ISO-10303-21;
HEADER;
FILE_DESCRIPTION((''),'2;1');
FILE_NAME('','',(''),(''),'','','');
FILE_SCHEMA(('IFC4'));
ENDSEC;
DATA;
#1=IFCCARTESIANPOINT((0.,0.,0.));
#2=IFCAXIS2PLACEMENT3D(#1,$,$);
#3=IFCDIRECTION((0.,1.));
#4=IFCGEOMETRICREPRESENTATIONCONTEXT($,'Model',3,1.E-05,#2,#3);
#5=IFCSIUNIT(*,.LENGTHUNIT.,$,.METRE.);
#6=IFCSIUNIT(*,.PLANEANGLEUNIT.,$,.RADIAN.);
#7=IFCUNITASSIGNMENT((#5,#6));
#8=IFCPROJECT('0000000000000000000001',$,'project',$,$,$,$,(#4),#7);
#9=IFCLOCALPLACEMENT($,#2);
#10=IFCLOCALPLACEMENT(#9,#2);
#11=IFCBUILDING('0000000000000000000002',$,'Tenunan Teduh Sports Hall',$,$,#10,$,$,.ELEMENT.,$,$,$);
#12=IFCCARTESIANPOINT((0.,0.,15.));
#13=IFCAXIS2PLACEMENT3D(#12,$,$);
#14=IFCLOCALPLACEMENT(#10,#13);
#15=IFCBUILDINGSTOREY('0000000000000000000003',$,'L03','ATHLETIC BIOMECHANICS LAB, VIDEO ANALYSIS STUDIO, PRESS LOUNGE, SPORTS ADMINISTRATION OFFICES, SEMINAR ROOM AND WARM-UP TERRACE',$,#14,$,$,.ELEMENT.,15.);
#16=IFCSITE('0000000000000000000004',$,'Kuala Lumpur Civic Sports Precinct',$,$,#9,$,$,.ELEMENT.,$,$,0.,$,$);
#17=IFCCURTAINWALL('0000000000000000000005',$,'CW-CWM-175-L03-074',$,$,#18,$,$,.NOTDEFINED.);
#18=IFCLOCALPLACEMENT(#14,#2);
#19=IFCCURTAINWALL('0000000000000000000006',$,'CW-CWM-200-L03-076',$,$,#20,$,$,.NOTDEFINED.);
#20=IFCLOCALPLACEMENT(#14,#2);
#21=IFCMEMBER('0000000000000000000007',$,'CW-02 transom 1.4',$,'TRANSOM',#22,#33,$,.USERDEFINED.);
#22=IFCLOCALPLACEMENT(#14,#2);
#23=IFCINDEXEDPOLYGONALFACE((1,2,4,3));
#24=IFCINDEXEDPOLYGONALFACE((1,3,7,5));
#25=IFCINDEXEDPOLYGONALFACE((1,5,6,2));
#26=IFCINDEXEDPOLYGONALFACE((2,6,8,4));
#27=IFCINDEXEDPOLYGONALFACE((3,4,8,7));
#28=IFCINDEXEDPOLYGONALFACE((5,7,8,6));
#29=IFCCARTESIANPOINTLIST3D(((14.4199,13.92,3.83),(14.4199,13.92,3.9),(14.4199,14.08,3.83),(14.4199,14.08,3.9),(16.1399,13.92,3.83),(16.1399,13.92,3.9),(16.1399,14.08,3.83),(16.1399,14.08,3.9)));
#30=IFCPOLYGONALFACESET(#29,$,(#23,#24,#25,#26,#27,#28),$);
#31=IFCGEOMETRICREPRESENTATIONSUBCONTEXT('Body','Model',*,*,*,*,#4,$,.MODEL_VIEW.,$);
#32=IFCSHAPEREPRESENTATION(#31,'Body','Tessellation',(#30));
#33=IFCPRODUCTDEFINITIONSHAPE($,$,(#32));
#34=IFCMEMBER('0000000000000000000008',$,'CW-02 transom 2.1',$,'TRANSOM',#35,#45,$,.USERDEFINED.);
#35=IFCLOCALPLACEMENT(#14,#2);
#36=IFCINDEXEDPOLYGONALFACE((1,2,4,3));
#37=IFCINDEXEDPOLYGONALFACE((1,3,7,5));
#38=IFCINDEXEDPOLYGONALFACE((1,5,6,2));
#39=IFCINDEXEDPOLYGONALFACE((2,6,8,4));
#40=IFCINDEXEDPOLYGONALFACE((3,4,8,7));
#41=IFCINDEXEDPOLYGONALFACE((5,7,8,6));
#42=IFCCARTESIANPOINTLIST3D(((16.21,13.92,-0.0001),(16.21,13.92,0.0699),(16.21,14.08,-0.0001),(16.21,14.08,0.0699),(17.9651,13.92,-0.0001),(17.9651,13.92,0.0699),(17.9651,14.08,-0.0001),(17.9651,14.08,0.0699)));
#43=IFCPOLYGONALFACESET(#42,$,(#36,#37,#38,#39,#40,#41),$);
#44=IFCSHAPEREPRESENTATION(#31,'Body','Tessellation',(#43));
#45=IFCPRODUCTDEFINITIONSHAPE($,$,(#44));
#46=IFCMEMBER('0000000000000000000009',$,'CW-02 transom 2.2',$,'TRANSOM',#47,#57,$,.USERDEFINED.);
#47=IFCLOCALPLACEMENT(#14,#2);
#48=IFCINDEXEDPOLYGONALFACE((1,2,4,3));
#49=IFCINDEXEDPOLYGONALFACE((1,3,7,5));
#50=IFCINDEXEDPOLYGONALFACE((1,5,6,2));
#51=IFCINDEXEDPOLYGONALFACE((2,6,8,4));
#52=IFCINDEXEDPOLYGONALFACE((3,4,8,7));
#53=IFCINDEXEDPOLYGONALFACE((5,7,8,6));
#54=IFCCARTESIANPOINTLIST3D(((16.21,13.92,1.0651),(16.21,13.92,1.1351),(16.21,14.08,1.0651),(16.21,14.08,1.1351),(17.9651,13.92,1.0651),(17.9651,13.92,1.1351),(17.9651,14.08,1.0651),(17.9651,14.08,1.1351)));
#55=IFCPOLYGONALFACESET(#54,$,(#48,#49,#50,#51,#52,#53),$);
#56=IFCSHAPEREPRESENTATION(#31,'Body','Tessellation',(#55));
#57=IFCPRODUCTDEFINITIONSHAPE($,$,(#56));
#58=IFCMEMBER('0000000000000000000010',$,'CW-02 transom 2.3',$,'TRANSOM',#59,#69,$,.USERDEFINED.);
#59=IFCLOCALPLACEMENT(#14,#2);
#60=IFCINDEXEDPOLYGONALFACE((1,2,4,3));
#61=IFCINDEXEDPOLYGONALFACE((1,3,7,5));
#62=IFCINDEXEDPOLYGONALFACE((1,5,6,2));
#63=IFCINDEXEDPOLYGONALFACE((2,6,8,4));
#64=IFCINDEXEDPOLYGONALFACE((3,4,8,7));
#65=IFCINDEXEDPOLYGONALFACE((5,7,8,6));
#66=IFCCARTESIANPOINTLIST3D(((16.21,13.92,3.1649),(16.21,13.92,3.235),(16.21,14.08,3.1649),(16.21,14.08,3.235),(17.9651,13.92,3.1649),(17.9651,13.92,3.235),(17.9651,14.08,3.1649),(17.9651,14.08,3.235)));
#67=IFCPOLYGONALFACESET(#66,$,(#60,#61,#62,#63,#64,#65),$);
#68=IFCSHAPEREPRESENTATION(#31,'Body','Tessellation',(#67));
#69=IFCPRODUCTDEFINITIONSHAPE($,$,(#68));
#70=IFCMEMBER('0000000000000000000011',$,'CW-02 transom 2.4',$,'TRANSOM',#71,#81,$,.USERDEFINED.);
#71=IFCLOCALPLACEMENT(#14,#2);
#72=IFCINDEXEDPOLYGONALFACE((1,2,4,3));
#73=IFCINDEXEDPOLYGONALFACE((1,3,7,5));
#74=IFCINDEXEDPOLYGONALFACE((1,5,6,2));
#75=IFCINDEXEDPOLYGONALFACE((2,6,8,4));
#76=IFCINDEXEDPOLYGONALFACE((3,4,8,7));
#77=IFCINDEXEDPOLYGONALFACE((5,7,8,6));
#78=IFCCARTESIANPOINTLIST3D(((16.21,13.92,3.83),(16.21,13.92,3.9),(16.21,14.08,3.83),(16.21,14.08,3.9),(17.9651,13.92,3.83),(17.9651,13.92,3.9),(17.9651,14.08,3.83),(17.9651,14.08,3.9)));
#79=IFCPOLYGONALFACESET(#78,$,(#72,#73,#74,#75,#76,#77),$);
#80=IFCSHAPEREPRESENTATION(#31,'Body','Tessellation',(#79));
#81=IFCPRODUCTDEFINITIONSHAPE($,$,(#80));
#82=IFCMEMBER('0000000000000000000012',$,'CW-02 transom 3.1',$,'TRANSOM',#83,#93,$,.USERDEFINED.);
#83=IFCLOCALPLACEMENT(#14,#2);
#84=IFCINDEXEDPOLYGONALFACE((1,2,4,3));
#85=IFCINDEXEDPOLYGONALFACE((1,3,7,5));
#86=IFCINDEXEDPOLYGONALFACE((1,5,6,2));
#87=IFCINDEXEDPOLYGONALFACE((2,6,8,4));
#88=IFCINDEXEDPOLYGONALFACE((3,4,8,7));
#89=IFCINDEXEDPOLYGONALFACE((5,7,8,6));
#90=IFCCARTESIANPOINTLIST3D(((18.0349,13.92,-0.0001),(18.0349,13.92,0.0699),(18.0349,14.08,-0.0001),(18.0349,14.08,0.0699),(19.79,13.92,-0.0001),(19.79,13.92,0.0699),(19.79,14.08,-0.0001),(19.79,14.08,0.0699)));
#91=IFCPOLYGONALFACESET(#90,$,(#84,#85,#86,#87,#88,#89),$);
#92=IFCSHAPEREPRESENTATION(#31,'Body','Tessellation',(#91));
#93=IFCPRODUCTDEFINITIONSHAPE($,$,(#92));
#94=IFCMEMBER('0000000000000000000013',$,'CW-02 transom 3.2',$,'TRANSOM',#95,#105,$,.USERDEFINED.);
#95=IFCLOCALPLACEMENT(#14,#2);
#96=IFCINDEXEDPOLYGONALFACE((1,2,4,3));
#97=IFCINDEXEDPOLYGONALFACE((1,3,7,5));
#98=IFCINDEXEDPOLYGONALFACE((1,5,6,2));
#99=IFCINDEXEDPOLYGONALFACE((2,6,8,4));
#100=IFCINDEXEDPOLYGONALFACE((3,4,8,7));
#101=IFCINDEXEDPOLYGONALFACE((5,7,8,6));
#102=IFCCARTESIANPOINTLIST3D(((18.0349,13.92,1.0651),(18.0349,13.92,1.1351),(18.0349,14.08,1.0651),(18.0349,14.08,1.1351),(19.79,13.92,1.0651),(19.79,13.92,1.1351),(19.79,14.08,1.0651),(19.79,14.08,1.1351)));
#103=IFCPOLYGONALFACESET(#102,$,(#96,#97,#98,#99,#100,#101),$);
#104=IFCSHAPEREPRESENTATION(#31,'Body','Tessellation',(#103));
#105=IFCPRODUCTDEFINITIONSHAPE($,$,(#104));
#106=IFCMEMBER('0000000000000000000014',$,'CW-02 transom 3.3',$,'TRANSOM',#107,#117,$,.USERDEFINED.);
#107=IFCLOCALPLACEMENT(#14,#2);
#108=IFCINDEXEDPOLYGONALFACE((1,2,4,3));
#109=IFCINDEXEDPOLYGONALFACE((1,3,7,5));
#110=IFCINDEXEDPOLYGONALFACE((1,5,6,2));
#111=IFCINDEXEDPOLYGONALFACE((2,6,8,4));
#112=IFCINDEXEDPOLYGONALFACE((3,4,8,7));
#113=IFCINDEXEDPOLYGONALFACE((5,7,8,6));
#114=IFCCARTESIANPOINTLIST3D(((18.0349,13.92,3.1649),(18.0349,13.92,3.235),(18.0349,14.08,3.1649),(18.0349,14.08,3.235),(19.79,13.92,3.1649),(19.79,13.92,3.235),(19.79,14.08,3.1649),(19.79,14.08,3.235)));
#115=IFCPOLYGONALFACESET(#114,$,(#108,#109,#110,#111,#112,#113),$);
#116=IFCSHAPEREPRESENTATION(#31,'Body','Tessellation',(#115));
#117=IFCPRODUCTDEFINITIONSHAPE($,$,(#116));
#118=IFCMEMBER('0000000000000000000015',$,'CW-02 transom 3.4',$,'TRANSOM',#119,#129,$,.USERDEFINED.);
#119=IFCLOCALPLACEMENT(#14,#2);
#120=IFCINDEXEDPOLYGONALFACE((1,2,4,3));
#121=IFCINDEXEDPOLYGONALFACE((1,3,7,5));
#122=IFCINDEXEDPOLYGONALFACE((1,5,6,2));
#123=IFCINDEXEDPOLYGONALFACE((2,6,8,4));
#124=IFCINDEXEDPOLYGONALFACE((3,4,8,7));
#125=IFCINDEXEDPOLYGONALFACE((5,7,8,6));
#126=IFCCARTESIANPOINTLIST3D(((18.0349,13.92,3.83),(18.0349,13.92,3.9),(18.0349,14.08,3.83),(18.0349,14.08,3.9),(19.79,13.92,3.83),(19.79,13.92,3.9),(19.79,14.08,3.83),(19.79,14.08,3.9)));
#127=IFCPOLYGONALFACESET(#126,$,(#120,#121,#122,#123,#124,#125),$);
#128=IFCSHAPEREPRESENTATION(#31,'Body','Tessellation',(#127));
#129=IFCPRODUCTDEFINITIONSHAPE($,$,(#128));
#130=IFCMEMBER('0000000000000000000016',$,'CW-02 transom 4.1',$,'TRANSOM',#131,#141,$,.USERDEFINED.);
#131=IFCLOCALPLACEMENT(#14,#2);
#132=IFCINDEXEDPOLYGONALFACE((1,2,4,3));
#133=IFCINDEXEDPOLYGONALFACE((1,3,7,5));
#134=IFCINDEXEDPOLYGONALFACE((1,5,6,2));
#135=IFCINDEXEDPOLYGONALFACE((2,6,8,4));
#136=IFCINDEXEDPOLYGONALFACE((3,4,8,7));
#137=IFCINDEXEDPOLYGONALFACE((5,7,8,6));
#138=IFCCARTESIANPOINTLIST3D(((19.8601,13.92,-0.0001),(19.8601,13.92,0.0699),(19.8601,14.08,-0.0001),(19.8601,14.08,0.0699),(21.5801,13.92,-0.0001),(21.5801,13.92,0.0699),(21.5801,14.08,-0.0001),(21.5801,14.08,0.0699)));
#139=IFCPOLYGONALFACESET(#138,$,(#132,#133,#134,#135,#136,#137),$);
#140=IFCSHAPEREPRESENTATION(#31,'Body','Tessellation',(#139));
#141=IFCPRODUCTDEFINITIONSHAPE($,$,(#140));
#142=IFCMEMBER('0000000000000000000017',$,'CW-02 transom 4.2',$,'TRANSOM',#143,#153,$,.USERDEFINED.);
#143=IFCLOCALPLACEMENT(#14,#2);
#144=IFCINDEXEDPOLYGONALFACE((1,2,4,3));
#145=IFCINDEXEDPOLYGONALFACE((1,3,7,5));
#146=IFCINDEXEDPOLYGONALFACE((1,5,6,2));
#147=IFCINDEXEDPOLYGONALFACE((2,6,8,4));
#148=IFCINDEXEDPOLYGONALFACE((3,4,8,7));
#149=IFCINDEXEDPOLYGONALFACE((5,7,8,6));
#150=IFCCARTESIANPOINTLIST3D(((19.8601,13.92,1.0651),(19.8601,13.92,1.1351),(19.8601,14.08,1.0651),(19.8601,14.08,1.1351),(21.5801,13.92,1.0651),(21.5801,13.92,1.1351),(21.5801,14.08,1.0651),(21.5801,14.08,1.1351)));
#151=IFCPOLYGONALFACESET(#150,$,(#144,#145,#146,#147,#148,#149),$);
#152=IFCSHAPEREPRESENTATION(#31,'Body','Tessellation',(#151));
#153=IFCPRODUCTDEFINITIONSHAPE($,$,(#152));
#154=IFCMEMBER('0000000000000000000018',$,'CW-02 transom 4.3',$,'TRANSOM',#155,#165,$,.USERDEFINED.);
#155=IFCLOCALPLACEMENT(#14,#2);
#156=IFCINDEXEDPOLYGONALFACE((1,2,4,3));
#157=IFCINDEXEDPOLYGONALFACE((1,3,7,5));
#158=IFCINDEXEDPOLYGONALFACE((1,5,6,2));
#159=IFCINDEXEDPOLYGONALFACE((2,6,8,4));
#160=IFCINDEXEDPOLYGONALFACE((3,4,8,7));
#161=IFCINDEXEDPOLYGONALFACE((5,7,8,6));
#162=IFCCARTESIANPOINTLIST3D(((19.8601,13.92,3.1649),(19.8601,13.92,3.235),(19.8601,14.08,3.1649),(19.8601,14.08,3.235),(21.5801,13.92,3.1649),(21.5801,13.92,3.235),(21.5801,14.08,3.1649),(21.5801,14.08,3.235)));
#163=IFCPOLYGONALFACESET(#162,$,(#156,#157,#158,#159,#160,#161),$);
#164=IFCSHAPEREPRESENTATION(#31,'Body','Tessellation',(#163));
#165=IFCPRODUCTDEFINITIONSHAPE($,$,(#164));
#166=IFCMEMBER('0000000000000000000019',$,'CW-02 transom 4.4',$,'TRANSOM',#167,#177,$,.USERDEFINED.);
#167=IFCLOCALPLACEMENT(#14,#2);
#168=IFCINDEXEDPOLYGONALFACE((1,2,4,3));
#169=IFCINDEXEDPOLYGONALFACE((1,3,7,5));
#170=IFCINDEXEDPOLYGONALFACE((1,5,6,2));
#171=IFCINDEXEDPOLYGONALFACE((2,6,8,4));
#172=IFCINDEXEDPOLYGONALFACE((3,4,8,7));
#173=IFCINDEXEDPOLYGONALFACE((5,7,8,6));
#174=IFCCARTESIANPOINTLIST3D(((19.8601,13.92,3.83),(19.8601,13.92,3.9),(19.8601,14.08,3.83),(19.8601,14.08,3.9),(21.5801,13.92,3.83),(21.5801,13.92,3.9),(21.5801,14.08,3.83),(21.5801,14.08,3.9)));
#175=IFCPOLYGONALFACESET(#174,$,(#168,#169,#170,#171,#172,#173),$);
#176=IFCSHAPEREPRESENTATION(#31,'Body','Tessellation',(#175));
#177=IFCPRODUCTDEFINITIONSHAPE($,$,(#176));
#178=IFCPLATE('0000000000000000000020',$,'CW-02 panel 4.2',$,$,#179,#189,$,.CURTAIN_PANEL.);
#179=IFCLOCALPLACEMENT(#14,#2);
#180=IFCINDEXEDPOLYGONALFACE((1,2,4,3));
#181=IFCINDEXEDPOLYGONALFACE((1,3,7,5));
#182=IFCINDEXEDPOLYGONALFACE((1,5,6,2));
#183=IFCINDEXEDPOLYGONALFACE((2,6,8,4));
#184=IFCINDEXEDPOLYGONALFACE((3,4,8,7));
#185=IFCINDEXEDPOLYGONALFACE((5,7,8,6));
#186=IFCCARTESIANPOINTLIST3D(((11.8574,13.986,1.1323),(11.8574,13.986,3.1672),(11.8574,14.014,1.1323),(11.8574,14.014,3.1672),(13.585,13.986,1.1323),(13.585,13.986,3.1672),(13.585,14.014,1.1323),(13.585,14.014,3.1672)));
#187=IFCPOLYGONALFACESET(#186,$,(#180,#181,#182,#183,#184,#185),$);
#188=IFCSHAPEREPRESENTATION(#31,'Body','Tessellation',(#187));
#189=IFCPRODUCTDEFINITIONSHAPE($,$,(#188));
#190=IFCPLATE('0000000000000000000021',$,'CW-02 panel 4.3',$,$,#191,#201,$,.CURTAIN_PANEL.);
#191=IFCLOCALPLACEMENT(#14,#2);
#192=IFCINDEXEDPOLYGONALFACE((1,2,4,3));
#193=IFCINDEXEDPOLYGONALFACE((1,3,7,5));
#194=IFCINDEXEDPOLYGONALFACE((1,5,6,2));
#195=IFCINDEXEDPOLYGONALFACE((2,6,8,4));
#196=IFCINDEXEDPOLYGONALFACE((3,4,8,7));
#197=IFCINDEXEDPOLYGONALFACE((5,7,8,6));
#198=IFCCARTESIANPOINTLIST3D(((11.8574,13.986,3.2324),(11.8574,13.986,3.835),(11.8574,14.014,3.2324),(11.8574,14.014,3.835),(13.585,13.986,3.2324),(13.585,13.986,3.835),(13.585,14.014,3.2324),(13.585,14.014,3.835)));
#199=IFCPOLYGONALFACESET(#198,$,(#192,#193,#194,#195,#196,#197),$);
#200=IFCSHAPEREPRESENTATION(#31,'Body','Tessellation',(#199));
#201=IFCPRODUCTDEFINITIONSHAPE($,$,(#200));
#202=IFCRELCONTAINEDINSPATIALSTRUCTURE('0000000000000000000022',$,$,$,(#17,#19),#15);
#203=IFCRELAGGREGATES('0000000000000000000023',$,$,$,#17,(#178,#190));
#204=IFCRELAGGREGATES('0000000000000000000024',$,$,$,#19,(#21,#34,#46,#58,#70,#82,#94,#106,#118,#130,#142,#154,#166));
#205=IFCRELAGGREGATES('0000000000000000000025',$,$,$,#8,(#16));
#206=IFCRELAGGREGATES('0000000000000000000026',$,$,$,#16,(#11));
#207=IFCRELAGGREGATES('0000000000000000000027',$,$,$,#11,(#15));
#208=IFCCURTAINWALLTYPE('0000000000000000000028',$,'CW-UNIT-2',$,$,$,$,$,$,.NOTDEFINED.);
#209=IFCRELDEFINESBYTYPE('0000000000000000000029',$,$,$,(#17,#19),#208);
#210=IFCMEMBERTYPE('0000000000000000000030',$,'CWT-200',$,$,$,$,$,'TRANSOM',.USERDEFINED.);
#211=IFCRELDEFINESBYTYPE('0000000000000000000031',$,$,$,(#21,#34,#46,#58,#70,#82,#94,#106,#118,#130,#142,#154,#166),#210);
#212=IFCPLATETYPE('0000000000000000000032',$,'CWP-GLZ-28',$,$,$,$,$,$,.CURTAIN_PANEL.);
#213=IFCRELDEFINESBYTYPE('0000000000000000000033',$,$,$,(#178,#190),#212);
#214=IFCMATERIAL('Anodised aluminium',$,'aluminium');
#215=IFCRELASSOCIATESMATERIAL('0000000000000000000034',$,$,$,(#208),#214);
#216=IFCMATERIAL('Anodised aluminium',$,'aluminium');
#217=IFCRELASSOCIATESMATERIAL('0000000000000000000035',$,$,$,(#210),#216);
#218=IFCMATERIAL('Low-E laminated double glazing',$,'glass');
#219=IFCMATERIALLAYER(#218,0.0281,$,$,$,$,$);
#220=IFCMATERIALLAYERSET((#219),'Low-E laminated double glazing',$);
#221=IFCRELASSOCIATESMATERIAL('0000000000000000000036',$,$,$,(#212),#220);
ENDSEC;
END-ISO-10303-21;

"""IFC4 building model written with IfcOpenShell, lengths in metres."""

from ifc_helpers import new_model, si_unit, direction, frame, origin, origin_2d, place, context, subcontext, project, spatial, rectangle, extrude, material, layer, layer_set, material_profile, profile_set, type_object, element, aggregate, save


model = new_model("IFC4")

# Units and contexts
model_context = context("Model", 3, precision=1e-05, world=origin(), true_north=direction((0.0, 1.0)))
body_context = subcontext(model_context, "Body", "Model", "MODEL_VIEW")
ifc_project = project(units=[si_unit("LENGTHUNIT", "METRE"), si_unit("PLANEANGLEUNIT", "RADIAN")], contexts=[model_context])

# Site, building, storey
site_placement = place(None, origin())
site = spatial("IfcSite", under=ifc_project, at=site_placement, Name="Kuala Lumpur Civic Sports Precinct", CompositionType="ELEMENT", RefElevation=0.0)
building_placement = place(site_placement, origin())
building = spatial("IfcBuilding", under=site, at=building_placement, Name="Tenunan Teduh Sports Hall", CompositionType="ELEMENT")
storey_placement = place(building_placement, frame((0.0, 0.0, 15.0)))
storey = spatial("IfcBuildingStorey", under=building, at=storey_placement, Name="L03", Description="ATHLETIC BIOMECHANICS LAB, VIDEO ANALYSIS STUDIO, PRESS LOUNGE, SPORTS ADMINISTRATION OFFICES, SEMINAR ROOM AND WARM-UP TERRACE", CompositionType="ELEMENT", Elevation=15.0)

# Curtain wall
ifc_material_1 = material(Name="Anodised aluminium", Category="aluminium")
curtain_wall_type = type_object("IfcCurtainWallType", Name="CW-UNIT-2", PredefinedType="NOTDEFINED", material=ifc_material_1)
curtain_wall_1_placement = place(storey_placement, origin())
curtain_wall_1 = element("IfcCurtainWall", 1, at=curtain_wall_1_placement, inside=storey, type_object=curtain_wall_type, Name="CW-CWM-175-L03-074", PredefinedType="NOTDEFINED")

# Curtain wall
curtain_wall_2_placement = place(storey_placement, origin())
curtain_wall_2 = element("IfcCurtainWall", 2, at=curtain_wall_2_placement, inside=storey, type_object=curtain_wall_type, Name="CW-CWM-200-L03-076", PredefinedType="NOTDEFINED")

# Members
ifc_material_2 = material(Name="Anodised aluminium", Category="aluminium")
ifc_material_profile_1 = material_profile(ifc_material_2, rectangle(XDim=0.0701, YDim=0.1599, at=origin_2d()), Name="CWT 70x160")
ifc_profile_set_1 = profile_set([ifc_material_profile_1], Name="Anodised aluminium")
member_type_1 = type_object("IfcMemberType", Name="CWT-200", ElementType="TRANSOM", PredefinedType="USERDEFINED", material=ifc_profile_set_1)
member_1_placement = place(storey_placement, frame((14.4199, 14.0, 3.865), z_axis=(1.0, 0.0, 0.0), x_axis=(0.0, 0.0, 1.0)))
member_1 = element("IfcMember", 3, at=member_1_placement, type_object=member_type_1, Name="CW-02 transom 1.4", ObjectType="TRANSOM", PredefinedType="USERDEFINED", context=body_context, shape_type="SweptSolid", body=[
    extrude(rectangle(XDim=0.0701, YDim=0.1599, at=origin_2d()), origin(), (0.0, 0.0, 1.0), 1.72),
])
member_2_placement = place(storey_placement, frame((16.21, 14.0, 0.0349), z_axis=(1.0, 0.0, 0.0), x_axis=(0.0, 0.0, 1.0)))
member_2 = element("IfcMember", 4, at=member_2_placement, type_object=member_type_1, Name="CW-02 transom 2.1", ObjectType="TRANSOM", PredefinedType="USERDEFINED", context=body_context, shape_type="SweptSolid", body=[
    extrude(rectangle(XDim=0.0701, YDim=0.1599, at=origin_2d()), origin(), (0.0, 0.0, 1.0), 1.7551),
])
member_3_placement = place(storey_placement, frame((16.21, 14.0, 1.1001), z_axis=(1.0, 0.0, 0.0), x_axis=(0.0, 0.0, 1.0)))
member_3 = element("IfcMember", 5, at=member_3_placement, type_object=member_type_1, Name="CW-02 transom 2.2", ObjectType="TRANSOM", PredefinedType="USERDEFINED", context=body_context, shape_type="SweptSolid", body=[
    extrude(rectangle(XDim=0.0701, YDim=0.1599, at=origin_2d()), origin(), (0.0, 0.0, 1.0), 1.7551),
])
member_4_placement = place(storey_placement, frame((16.21, 14.0, 3.2), z_axis=(1.0, 0.0, 0.0), x_axis=(0.0, 0.0, 1.0)))
member_4 = element("IfcMember", 6, at=member_4_placement, type_object=member_type_1, Name="CW-02 transom 2.3", ObjectType="TRANSOM", PredefinedType="USERDEFINED", context=body_context, shape_type="SweptSolid", body=[
    extrude(rectangle(XDim=0.0701, YDim=0.1599, at=origin_2d()), origin(), (0.0, 0.0, 1.0), 1.7551),
])
member_5_placement = place(storey_placement, frame((16.21, 14.0, 3.865), z_axis=(1.0, 0.0, 0.0), x_axis=(0.0, 0.0, 1.0)))
member_5 = element("IfcMember", 7, at=member_5_placement, type_object=member_type_1, Name="CW-02 transom 2.4", ObjectType="TRANSOM", PredefinedType="USERDEFINED", context=body_context, shape_type="SweptSolid", body=[
    extrude(rectangle(XDim=0.0701, YDim=0.1599, at=origin_2d()), origin(), (0.0, 0.0, 1.0), 1.7551),
])
member_6_placement = place(storey_placement, frame((18.0349, 14.0, 0.0349), z_axis=(1.0, 0.0, 0.0), x_axis=(0.0, 0.0, 1.0)))
member_6 = element("IfcMember", 8, at=member_6_placement, type_object=member_type_1, Name="CW-02 transom 3.1", ObjectType="TRANSOM", PredefinedType="USERDEFINED", context=body_context, shape_type="SweptSolid", body=[
    extrude(rectangle(XDim=0.0701, YDim=0.1599, at=origin_2d()), origin(), (0.0, 0.0, 1.0), 1.7551),
])
member_7_placement = place(storey_placement, frame((18.0349, 14.0, 1.1001), z_axis=(1.0, 0.0, 0.0), x_axis=(0.0, 0.0, 1.0)))
member_7 = element("IfcMember", 9, at=member_7_placement, type_object=member_type_1, Name="CW-02 transom 3.2", ObjectType="TRANSOM", PredefinedType="USERDEFINED", context=body_context, shape_type="SweptSolid", body=[
    extrude(rectangle(XDim=0.0701, YDim=0.1599, at=origin_2d()), origin(), (0.0, 0.0, 1.0), 1.7551),
])
member_8_placement = place(storey_placement, frame((18.0349, 14.0, 3.2), z_axis=(1.0, 0.0, 0.0), x_axis=(0.0, 0.0, 1.0)))
member_8 = element("IfcMember", 10, at=member_8_placement, type_object=member_type_1, Name="CW-02 transom 3.3", ObjectType="TRANSOM", PredefinedType="USERDEFINED", context=body_context, shape_type="SweptSolid", body=[
    extrude(rectangle(XDim=0.0701, YDim=0.1599, at=origin_2d()), origin(), (0.0, 0.0, 1.0), 1.7551),
])
member_9_placement = place(storey_placement, frame((18.0349, 14.0, 3.865), z_axis=(1.0, 0.0, 0.0), x_axis=(0.0, 0.0, 1.0)))
member_9 = element("IfcMember", 11, at=member_9_placement, type_object=member_type_1, Name="CW-02 transom 3.4", ObjectType="TRANSOM", PredefinedType="USERDEFINED", context=body_context, shape_type="SweptSolid", body=[
    extrude(rectangle(XDim=0.0701, YDim=0.1599, at=origin_2d()), origin(), (0.0, 0.0, 1.0), 1.7551),
])
member_10_placement = place(storey_placement, frame((19.8601, 14.0, 0.0349), z_axis=(1.0, 0.0, 0.0), x_axis=(0.0, 0.0, 1.0)))
member_10 = element("IfcMember", 12, at=member_10_placement, type_object=member_type_1, Name="CW-02 transom 4.1", ObjectType="TRANSOM", PredefinedType="USERDEFINED", context=body_context, shape_type="SweptSolid", body=[
    extrude(rectangle(XDim=0.0701, YDim=0.1599, at=origin_2d()), origin(), (0.0, 0.0, 1.0), 1.72),
])
member_11_placement = place(storey_placement, frame((19.8601, 14.0, 1.1001), z_axis=(1.0, 0.0, 0.0), x_axis=(0.0, 0.0, 1.0)))
member_11 = element("IfcMember", 13, at=member_11_placement, type_object=member_type_1, Name="CW-02 transom 4.2", ObjectType="TRANSOM", PredefinedType="USERDEFINED", context=body_context, shape_type="SweptSolid", body=[
    extrude(rectangle(XDim=0.0701, YDim=0.1599, at=origin_2d()), origin(), (0.0, 0.0, 1.0), 1.72),
])
member_12_placement = place(storey_placement, frame((19.8601, 14.0, 3.2), z_axis=(1.0, 0.0, 0.0), x_axis=(0.0, 0.0, 1.0)))
member_12 = element("IfcMember", 14, at=member_12_placement, type_object=member_type_1, Name="CW-02 transom 4.3", ObjectType="TRANSOM", PredefinedType="USERDEFINED", context=body_context, shape_type="SweptSolid", body=[
    extrude(rectangle(XDim=0.0701, YDim=0.1599, at=origin_2d()), origin(), (0.0, 0.0, 1.0), 1.72),
])
member_13_placement = place(storey_placement, frame((19.8601, 14.0, 3.865), z_axis=(1.0, 0.0, 0.0), x_axis=(0.0, 0.0, 1.0)))
member_13 = element("IfcMember", 15, at=member_13_placement, type_object=member_type_1, Name="CW-02 transom 4.4", ObjectType="TRANSOM", PredefinedType="USERDEFINED", context=body_context, shape_type="SweptSolid", body=[
    extrude(rectangle(XDim=0.0701, YDim=0.1599, at=origin_2d()), origin(), (0.0, 0.0, 1.0), 1.72),
])

# Plates
ifc_material_3 = material(Name="Low-E laminated double glazing", Category="glass")
ifc_layer_1 = layer(ifc_material_3, 0.0281)
ifc_layer_set_1 = layer_set([ifc_layer_1], Name="Low-E laminated double glazing")
plate_type_1 = type_object("IfcPlateType", Name="CWP-GLZ-28", PredefinedType="CURTAIN_PANEL", material=ifc_layer_set_1)
plate_1_placement = place(storey_placement, frame((12.7212, 14.0, 1.1323), z_axis=(0.0, 0.0, 1.0), x_axis=(1.0, 0.0, 0.0)))
plate_1 = element("IfcPlate", 16, at=plate_1_placement, type_object=plate_type_1, Name="CW-02 panel 4.2", PredefinedType="CURTAIN_PANEL", context=body_context, shape_type="SweptSolid", body=[
    extrude(rectangle(XDim=1.7275, YDim=0.0281, at=origin_2d()), origin(), (0.0, 0.0, 1.0), 2.0349),
])
plate_2_placement = place(storey_placement, frame((12.7212, 14.0, 3.2324), z_axis=(0.0, 0.0, 1.0), x_axis=(1.0, 0.0, 0.0)))
plate_2 = element("IfcPlate", 17, at=plate_2_placement, type_object=plate_type_1, Name="CW-02 panel 4.3", PredefinedType="CURTAIN_PANEL", context=body_context, shape_type="SweptSolid", body=[
    extrude(rectangle(XDim=1.7275, YDim=0.0281, at=origin_2d()), origin(), (0.0, 0.0, 1.0), 0.6025),
])
aggregate(curtain_wall_1, [plate_1, plate_2])
aggregate(curtain_wall_2, [member_1, member_2, member_3, member_4, member_5, member_6, member_7, member_8, member_9, member_10, member_11, member_12, member_13])

save(model, "model.ifc")
